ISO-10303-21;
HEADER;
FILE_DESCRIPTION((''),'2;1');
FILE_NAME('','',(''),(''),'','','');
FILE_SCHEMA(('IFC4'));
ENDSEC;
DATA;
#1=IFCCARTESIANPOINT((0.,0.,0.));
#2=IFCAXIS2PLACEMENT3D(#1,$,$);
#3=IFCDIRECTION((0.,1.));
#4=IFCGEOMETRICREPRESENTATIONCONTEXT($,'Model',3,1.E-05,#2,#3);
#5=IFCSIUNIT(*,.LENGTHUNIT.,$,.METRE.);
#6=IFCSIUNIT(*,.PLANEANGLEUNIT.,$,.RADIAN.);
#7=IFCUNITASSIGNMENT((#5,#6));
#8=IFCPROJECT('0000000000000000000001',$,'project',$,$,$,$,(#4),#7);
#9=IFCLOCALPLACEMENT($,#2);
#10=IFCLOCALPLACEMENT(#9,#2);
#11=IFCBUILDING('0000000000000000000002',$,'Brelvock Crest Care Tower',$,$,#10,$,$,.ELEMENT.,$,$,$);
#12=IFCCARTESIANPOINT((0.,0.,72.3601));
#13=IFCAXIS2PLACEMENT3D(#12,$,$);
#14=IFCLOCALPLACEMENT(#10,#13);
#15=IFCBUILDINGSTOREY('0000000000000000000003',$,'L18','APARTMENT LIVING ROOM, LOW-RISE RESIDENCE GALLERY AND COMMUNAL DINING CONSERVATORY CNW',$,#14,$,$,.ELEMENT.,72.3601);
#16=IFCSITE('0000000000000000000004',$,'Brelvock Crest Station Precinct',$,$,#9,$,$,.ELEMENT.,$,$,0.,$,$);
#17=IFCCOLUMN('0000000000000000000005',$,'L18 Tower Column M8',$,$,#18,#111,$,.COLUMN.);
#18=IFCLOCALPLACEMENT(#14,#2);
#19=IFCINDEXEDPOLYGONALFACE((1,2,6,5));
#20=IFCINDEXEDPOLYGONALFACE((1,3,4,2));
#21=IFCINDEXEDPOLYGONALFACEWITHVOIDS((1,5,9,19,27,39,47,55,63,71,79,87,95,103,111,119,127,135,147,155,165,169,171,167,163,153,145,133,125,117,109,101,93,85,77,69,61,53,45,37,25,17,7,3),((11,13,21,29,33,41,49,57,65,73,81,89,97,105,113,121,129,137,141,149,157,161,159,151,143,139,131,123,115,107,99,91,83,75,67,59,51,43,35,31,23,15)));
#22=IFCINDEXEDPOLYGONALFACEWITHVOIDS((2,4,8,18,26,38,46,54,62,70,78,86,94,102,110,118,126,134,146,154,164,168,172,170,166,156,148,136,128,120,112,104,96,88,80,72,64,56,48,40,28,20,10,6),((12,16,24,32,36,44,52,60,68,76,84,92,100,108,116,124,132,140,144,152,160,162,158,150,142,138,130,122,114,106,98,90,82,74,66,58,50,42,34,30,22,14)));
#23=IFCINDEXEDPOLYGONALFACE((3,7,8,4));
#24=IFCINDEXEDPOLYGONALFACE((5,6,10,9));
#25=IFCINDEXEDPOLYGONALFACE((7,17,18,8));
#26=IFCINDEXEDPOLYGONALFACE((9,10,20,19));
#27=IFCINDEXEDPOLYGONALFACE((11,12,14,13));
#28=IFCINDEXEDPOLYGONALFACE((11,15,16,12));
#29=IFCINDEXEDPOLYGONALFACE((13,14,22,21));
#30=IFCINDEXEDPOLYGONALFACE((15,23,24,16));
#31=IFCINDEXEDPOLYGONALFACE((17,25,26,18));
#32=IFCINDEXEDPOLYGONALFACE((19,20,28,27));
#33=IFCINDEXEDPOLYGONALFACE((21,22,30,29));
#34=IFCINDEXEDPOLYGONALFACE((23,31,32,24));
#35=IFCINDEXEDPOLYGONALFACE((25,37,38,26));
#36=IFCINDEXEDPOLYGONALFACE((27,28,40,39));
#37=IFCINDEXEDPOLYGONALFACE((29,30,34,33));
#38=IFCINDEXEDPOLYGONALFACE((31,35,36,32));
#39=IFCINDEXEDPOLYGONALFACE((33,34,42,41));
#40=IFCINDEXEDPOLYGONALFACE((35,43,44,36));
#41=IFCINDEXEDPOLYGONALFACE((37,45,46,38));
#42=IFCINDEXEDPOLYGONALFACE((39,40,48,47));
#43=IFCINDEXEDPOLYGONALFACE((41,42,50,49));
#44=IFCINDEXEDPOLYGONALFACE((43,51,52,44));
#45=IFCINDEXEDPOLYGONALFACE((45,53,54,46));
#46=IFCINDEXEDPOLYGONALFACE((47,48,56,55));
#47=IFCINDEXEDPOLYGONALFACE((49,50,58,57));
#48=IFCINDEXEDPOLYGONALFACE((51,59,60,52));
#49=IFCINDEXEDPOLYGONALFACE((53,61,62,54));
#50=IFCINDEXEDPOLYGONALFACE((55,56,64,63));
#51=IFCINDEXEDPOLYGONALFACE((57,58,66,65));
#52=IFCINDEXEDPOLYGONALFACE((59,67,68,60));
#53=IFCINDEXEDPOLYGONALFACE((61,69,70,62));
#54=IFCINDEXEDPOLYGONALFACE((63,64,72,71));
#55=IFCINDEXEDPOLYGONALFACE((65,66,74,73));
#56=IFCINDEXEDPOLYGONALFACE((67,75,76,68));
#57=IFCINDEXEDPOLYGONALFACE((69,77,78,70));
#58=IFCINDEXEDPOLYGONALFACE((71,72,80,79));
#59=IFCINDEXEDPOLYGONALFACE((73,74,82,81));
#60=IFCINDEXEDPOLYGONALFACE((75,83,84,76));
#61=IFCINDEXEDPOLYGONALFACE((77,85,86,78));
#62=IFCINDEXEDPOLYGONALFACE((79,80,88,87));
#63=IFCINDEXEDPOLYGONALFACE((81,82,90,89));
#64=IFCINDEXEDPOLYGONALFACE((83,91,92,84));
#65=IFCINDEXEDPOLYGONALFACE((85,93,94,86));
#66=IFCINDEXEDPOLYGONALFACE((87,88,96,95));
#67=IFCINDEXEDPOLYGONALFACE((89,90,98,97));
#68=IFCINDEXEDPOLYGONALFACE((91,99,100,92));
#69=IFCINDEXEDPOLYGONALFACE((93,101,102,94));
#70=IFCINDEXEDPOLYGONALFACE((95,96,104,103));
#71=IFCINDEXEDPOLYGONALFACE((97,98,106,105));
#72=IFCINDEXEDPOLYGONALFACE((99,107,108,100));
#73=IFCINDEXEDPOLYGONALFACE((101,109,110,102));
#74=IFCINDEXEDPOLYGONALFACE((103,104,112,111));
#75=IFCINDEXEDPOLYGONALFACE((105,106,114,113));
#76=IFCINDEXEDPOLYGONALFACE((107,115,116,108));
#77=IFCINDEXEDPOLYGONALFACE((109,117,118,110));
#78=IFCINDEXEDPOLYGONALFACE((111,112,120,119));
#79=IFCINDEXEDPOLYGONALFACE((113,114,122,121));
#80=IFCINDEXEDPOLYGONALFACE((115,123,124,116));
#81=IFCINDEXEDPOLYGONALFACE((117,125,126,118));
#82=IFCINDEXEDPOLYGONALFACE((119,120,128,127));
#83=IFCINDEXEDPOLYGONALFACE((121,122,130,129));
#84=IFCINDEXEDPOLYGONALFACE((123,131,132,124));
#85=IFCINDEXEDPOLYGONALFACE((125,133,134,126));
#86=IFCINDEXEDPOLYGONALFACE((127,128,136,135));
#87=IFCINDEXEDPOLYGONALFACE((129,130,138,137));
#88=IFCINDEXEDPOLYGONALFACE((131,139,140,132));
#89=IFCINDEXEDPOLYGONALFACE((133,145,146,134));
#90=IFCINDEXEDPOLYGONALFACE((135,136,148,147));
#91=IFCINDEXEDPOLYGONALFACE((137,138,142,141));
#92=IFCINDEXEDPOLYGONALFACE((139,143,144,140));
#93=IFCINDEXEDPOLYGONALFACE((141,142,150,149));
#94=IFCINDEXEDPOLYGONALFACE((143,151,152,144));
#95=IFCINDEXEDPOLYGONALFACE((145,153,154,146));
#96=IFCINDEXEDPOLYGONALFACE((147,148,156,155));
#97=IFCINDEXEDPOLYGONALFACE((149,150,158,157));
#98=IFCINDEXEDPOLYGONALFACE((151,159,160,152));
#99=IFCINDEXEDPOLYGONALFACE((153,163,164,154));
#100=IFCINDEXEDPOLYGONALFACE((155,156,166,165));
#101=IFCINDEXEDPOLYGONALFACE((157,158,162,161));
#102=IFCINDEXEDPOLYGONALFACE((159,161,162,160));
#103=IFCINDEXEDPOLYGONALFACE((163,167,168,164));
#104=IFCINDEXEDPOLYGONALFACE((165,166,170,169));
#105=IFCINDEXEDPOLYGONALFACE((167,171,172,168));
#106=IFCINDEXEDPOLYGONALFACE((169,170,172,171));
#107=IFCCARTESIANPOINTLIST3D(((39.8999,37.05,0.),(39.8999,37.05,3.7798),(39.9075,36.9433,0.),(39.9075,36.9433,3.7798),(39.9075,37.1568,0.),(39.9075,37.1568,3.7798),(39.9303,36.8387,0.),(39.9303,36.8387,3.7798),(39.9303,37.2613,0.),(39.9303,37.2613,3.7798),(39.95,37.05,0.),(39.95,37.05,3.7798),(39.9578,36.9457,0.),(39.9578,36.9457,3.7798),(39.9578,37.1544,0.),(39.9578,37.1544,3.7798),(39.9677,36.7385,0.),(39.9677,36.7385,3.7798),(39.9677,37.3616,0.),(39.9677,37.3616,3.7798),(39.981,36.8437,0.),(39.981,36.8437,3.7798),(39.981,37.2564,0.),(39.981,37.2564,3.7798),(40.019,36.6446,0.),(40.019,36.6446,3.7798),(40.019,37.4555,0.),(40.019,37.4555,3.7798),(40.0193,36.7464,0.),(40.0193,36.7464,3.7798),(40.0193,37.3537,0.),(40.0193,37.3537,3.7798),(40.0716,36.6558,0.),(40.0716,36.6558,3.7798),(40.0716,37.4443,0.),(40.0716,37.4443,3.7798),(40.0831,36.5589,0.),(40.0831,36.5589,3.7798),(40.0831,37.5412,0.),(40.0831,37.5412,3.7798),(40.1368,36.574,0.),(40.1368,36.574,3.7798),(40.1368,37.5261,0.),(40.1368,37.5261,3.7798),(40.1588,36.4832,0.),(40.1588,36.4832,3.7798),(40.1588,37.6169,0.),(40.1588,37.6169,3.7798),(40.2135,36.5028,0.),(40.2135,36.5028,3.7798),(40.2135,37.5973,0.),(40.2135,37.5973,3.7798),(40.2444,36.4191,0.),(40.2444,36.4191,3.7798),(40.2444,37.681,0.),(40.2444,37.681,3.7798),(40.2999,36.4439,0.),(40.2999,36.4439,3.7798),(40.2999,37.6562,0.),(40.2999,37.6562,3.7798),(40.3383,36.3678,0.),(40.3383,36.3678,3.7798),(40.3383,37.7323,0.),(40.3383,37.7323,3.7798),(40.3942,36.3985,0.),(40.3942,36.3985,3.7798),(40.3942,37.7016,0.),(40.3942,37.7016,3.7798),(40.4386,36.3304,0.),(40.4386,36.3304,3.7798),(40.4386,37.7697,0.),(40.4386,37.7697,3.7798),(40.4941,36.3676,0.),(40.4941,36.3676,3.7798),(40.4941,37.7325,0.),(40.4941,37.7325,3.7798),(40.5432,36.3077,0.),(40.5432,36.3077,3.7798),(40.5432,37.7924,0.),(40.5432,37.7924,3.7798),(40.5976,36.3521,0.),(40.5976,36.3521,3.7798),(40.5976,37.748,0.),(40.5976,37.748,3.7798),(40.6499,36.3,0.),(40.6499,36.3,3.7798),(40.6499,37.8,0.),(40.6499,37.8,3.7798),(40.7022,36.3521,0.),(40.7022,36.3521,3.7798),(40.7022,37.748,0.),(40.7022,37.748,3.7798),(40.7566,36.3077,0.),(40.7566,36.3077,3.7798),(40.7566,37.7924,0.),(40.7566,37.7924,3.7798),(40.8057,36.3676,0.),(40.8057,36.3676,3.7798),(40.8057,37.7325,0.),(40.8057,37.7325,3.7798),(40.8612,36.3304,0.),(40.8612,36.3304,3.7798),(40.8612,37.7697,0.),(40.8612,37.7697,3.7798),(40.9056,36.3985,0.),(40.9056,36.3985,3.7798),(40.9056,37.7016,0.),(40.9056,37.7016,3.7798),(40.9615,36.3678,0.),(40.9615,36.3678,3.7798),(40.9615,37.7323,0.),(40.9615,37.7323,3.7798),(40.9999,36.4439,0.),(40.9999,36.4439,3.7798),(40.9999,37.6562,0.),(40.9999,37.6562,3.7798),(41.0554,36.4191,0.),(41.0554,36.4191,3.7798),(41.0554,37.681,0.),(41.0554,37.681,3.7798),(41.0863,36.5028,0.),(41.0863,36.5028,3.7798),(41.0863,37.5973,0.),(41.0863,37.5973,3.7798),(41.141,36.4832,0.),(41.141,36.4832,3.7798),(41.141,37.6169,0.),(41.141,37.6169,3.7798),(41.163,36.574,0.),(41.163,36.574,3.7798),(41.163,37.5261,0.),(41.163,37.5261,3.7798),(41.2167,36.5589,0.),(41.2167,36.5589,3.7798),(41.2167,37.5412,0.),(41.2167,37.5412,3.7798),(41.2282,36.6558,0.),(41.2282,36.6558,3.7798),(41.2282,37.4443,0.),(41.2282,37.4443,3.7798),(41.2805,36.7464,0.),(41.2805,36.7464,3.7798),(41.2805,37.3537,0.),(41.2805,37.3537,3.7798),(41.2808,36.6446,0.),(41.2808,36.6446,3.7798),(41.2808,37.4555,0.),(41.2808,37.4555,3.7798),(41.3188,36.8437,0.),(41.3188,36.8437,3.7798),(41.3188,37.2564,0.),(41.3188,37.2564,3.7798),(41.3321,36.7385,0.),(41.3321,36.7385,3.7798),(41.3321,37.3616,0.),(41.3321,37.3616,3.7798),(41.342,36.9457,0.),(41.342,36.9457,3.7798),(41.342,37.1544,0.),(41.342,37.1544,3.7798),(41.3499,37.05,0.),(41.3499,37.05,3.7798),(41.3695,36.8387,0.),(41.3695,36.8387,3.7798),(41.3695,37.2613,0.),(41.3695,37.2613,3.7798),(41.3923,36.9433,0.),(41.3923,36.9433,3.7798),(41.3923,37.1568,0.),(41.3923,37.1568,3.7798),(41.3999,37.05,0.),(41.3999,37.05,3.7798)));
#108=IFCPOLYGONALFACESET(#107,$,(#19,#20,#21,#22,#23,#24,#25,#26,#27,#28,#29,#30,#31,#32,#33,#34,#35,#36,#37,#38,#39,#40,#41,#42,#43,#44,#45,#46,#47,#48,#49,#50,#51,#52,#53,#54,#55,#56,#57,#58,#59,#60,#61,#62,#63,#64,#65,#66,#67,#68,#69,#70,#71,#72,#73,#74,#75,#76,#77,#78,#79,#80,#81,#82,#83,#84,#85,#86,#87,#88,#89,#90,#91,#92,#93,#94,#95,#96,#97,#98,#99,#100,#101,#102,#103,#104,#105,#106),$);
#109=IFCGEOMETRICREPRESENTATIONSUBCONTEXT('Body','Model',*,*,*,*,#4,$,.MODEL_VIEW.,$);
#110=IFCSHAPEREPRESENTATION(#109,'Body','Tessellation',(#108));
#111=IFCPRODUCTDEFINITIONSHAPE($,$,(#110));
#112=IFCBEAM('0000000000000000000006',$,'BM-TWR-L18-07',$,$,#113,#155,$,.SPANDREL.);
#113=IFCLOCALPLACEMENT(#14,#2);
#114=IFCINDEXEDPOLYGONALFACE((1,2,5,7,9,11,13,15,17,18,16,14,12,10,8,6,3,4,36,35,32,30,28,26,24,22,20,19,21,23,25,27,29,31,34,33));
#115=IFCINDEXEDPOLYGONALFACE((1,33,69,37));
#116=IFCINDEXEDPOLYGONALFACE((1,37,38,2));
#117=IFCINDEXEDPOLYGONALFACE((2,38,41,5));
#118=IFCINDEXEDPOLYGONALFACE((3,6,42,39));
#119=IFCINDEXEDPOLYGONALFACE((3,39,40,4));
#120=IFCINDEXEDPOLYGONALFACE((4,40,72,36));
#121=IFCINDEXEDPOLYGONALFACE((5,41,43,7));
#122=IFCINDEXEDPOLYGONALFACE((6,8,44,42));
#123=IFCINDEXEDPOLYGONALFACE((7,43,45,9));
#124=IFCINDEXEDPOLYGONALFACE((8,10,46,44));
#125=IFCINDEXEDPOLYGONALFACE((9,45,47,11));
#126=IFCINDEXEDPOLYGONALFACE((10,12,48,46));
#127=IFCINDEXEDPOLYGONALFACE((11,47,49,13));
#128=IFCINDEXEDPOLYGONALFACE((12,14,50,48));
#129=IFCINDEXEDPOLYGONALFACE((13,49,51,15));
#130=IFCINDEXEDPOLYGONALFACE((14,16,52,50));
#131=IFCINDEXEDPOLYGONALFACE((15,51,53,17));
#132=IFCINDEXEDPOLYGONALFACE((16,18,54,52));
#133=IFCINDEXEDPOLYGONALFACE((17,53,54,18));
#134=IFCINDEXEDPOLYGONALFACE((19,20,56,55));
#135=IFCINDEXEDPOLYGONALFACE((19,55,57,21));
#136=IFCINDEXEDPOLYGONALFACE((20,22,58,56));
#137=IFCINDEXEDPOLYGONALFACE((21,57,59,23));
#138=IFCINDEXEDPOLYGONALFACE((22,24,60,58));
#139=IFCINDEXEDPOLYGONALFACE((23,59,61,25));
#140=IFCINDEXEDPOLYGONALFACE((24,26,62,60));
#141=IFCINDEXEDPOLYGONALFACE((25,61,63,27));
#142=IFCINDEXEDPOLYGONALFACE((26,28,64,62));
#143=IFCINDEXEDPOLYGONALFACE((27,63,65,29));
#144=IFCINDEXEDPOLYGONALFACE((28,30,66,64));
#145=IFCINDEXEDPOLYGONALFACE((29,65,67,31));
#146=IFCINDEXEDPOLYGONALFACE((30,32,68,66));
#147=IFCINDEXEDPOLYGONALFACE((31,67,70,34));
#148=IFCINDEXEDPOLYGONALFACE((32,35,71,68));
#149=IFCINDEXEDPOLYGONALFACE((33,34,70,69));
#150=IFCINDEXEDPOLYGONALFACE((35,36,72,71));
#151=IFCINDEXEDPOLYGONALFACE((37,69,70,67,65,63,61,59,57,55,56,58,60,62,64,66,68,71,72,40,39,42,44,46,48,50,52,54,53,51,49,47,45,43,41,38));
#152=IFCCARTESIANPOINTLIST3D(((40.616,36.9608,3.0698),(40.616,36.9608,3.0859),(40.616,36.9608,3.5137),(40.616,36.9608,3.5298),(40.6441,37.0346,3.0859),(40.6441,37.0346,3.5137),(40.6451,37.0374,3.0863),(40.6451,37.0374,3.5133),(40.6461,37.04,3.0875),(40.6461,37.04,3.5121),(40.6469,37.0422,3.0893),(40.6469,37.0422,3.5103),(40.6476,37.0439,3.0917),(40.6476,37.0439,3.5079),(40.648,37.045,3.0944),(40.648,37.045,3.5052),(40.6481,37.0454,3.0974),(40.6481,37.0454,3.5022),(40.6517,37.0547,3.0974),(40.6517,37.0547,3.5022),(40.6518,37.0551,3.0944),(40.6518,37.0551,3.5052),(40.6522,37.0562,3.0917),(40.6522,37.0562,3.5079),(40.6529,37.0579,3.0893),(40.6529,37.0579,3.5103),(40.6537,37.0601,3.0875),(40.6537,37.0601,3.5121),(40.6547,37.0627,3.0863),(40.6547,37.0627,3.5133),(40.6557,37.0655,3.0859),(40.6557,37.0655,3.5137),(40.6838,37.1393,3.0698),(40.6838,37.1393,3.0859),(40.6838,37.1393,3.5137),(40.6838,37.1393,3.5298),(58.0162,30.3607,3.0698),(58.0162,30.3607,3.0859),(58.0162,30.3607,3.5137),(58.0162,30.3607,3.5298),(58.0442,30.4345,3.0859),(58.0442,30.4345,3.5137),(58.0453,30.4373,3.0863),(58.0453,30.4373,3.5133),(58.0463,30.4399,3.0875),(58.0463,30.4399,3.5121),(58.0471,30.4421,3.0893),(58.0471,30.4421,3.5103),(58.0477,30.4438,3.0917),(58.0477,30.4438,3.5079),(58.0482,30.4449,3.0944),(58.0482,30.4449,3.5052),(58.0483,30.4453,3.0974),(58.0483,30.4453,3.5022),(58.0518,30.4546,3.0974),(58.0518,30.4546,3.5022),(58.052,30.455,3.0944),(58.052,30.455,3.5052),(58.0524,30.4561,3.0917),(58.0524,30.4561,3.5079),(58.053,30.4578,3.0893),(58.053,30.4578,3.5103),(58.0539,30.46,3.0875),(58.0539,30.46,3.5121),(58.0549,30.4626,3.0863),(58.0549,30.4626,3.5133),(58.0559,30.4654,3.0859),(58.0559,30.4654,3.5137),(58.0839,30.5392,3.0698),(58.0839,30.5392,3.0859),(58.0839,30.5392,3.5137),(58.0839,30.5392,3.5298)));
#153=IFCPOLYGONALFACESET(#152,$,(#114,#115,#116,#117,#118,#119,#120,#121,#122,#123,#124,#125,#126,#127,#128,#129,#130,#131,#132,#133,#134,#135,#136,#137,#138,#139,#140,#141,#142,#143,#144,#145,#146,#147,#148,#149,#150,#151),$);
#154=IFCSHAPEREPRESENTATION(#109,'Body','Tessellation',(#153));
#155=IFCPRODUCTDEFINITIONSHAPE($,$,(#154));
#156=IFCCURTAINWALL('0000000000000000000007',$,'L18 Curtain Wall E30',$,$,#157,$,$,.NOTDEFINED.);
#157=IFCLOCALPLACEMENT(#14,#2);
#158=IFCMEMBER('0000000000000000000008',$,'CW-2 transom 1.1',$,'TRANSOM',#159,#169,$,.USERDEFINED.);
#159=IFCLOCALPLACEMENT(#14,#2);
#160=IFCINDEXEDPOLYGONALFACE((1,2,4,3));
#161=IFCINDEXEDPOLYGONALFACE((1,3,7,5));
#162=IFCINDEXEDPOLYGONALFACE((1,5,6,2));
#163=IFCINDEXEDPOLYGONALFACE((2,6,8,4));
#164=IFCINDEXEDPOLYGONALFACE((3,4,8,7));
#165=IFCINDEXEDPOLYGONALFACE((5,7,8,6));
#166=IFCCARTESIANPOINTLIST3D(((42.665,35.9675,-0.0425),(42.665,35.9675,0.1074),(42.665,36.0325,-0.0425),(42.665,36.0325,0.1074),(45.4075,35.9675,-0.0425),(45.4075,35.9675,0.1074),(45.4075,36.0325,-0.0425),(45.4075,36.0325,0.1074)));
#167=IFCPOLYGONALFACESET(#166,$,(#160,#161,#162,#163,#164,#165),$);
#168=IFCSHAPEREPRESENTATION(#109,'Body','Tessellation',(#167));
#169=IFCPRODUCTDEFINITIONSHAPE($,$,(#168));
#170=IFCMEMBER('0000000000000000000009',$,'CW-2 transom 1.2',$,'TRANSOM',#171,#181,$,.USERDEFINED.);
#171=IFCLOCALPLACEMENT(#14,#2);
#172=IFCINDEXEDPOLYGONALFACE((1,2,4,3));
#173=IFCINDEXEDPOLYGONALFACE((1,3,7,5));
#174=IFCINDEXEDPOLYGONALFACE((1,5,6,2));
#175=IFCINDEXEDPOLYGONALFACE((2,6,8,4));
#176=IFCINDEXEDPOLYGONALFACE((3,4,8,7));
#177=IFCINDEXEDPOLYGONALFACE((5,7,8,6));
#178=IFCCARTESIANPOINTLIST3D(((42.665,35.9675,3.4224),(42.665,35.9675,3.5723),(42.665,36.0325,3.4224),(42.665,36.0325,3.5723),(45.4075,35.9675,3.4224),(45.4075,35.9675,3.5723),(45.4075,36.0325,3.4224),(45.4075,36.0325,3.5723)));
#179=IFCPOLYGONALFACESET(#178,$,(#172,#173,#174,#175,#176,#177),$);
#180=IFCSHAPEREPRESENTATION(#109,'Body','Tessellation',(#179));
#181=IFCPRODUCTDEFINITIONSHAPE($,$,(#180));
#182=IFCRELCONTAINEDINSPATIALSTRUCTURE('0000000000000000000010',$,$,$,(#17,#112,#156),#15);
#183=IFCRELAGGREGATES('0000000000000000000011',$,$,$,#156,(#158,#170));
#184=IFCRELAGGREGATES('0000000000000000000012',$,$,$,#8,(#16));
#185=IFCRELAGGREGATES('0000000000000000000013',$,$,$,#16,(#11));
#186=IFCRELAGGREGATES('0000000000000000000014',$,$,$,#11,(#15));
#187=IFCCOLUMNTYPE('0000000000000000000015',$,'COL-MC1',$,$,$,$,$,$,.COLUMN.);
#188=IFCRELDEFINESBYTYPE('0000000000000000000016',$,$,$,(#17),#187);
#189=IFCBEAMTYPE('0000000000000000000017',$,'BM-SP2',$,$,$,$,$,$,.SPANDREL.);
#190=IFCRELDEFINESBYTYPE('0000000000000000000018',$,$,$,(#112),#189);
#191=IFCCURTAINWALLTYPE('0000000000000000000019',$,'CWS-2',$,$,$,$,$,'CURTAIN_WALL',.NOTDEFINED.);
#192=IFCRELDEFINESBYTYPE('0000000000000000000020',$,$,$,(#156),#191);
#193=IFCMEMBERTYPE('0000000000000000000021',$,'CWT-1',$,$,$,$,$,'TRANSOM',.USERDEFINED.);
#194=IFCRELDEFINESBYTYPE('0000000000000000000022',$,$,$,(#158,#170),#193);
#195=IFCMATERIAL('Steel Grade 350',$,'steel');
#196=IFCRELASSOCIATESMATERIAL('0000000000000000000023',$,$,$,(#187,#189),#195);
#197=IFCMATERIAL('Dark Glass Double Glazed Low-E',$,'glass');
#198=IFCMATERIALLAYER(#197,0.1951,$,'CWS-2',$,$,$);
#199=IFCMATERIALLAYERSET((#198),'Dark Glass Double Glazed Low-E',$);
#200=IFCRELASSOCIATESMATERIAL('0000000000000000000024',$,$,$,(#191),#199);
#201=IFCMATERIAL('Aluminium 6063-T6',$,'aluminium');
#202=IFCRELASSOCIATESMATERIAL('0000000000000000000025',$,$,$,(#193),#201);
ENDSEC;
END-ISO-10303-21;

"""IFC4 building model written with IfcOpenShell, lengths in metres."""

from ifc_helpers import new_model, si_unit, direction, frame, origin, origin_2d, place, context, subcontext, project, spatial, rectangle, hollow_circle, i_section, extrude, source, transform, mapped, material, layer, layer_set, material_profile, profile_set, type_object, element, aggregate, save


model = new_model("IFC4")

# Units and contexts
model_context = context("Model", 3, precision=1e-05, world=origin(), true_north=direction((0.0, 1.0)))
body_context = subcontext(model_context, "Body", "Model", "MODEL_VIEW")
ifc_project = project(units=[si_unit("LENGTHUNIT", "METRE"), si_unit("PLANEANGLEUNIT", "RADIAN")], contexts=[model_context])

# Site, building, storey
site_placement = place(None, origin())
site = spatial("IfcSite", under=ifc_project, at=site_placement, Name="Brelvock Crest Station Precinct", CompositionType="ELEMENT", RefElevation=0.0)
building_placement = place(site_placement, origin())
building = spatial("IfcBuilding", under=site, at=building_placement, Name="Brelvock Crest Care Tower", CompositionType="ELEMENT")
storey_placement = place(building_placement, frame((0.0, 0.0, 72.3601)))
storey = spatial("IfcBuildingStorey", under=building, at=storey_placement, Name="L18", Description="APARTMENT LIVING ROOM, LOW-RISE RESIDENCE GALLERY AND COMMUNAL DINING CONSERVATORY CNW", CompositionType="ELEMENT", Elevation=72.3601)

# Column
ifc_material_1 = material(Name="Steel Grade 350", Category="steel")
ifc_material_profile_1 = material_profile(ifc_material_1, hollow_circle(Radius=0.75, WallThickness=0.05, at=origin_2d()), Name="CFT1500x50")
ifc_profile_set_1 = profile_set([ifc_material_profile_1], Name="Steel Grade 350")
column_type = type_object("IfcColumnType", Name="COL-MC1", PredefinedType="COLUMN", material=ifc_profile_set_1)
shared_shape_1 = source(origin(), body_context, "Body", "SweptSolid", [
    extrude(hollow_circle(Radius=0.75, WallThickness=0.05, at=origin_2d()), origin(), (0.0, 0.0, 1.0), 3.7798),
])
column_placement = place(storey_placement, frame((40.6499, 37.05, 0.0), z_axis=(0.0, 0.0, 1.0), x_axis=(1.0, 0.0, 0.0)))
element("IfcColumn", 1, at=column_placement, inside=storey, type_object=column_type, Name="L18 Tower Column M8", PredefinedType="COLUMN", context=body_context, shape_type="MappedRepresentation", body=[
    mapped(shared_shape_1, transform((0.0, 0.0, 0.0), x_axis=(1.0, 0.0, 0.0), y_axis=(0.0, 1.0, 0.0), z_axis=(0.0, 0.0, 1.0), scale=1.0)),
])

# Beam
ifc_material_profile_2 = material_profile(ifc_material_1, i_section(OverallWidth=0.1909, OverallDepth=0.46, WebThickness=0.01, FlangeThickness=0.0161, FilletRadius=0.0115, at=origin_2d()), Name="460UB82.1")
ifc_profile_set_2 = profile_set([ifc_material_profile_2], Name="Steel Grade 350")
beam_type = type_object("IfcBeamType", Name="BM-SP2", PredefinedType="SPANDREL", material=ifc_profile_set_2)
shared_shape_2 = source(origin(), body_context, "Body", "SweptSolid", [
    extrude(i_section(OverallWidth=0.1909, OverallDepth=0.46, WebThickness=0.01, FlangeThickness=0.0161, FilletRadius=0.0115, at=origin_2d()), origin(), (0.0, 0.0, 1.0), 18.6099),
])
beam_placement = place(storey_placement, frame((40.6499, 37.05, 3.2998), z_axis=(0.934997, -0.354656, 0.0), x_axis=(0.354656, 0.934997, 0.0)))
element("IfcBeam", 2, at=beam_placement, inside=storey, type_object=beam_type, Name="BM-TWR-L18-07", PredefinedType="SPANDREL", context=body_context, shape_type="MappedRepresentation", body=[
    mapped(shared_shape_2, transform((0.0, 0.0, 0.0), x_axis=(1.0, 0.0, 0.0), y_axis=(0.0, 1.0, 0.0), z_axis=(0.0, 0.0, 1.0), scale=1.0)),
])

# Curtain wall, members
ifc_material_2 = material(Name="Dark Glass Double Glazed Low-E", Category="glass")
ifc_layer_1 = layer(ifc_material_2, 0.1951, Name="CWS-2")
ifc_layer_set_1 = layer_set([ifc_layer_1], Name="Dark Glass Double Glazed Low-E")
curtain_wall_type = type_object("IfcCurtainWallType", Name="CWS-2", ElementType="CURTAIN_WALL", PredefinedType="NOTDEFINED", material=ifc_layer_set_1)
curtain_wall_1_placement = place(storey_placement, origin())
curtain_wall_1 = element("IfcCurtainWall", 3, at=curtain_wall_1_placement, inside=storey, type_object=curtain_wall_type, Name="L18 Curtain Wall E30", PredefinedType="NOTDEFINED")
ifc_material_3 = material(Name="Aluminium 6063-T6", Category="aluminium")
ifc_material_profile_3 = material_profile(ifc_material_3, rectangle(XDim=0.0649, YDim=0.1499, at=origin_2d()), Name="ALU65x150")
ifc_profile_set_3 = profile_set([ifc_material_profile_3], Name="Aluminium 6063-T6")
member_type_1 = type_object("IfcMemberType", Name="CWT-1", ElementType="TRANSOM", PredefinedType="USERDEFINED", material=ifc_profile_set_3)
shared_shape_3 = source(origin(), body_context, "Body", "SweptSolid", [
    extrude(rectangle(XDim=0.0649, YDim=0.1499, at=origin_2d()), origin(), (0.0, 0.0, 1.0), 2.7424),
])
member_1_placement = place(storey_placement, frame((42.665, 36.0, 0.0325), z_axis=(1.0, 0.0, 0.0), x_axis=(0.0, 1.0, 0.0)))
member_1 = element("IfcMember", 4, at=member_1_placement, type_object=member_type_1, Name="CW-2 transom 1.1", ObjectType="TRANSOM", PredefinedType="USERDEFINED", context=body_context, shape_type="MappedRepresentation", body=[
    mapped(shared_shape_3, transform((0.0, 0.0, 0.0), x_axis=(1.0, 0.0, 0.0), y_axis=(0.0, 1.0, 0.0), z_axis=(0.0, 0.0, 1.0), scale=1.0)),
])
member_2_placement = place(storey_placement, frame((42.665, 36.0, 3.4973), z_axis=(1.0, 0.0, 0.0), x_axis=(0.0, 1.0, 0.0)))
member_2 = element("IfcMember", 5, at=member_2_placement, type_object=member_type_1, Name="CW-2 transom 1.2", ObjectType="TRANSOM", PredefinedType="USERDEFINED", context=body_context, shape_type="MappedRepresentation", body=[
    mapped(shared_shape_3, transform((0.0, 0.0, 0.0), x_axis=(1.0, 0.0, 0.0), y_axis=(0.0, 1.0, 0.0), z_axis=(0.0, 0.0, 1.0), scale=1.0)),
])

aggregate(curtain_wall_1, [member_1, member_2])

save(model, "model.ifc")
